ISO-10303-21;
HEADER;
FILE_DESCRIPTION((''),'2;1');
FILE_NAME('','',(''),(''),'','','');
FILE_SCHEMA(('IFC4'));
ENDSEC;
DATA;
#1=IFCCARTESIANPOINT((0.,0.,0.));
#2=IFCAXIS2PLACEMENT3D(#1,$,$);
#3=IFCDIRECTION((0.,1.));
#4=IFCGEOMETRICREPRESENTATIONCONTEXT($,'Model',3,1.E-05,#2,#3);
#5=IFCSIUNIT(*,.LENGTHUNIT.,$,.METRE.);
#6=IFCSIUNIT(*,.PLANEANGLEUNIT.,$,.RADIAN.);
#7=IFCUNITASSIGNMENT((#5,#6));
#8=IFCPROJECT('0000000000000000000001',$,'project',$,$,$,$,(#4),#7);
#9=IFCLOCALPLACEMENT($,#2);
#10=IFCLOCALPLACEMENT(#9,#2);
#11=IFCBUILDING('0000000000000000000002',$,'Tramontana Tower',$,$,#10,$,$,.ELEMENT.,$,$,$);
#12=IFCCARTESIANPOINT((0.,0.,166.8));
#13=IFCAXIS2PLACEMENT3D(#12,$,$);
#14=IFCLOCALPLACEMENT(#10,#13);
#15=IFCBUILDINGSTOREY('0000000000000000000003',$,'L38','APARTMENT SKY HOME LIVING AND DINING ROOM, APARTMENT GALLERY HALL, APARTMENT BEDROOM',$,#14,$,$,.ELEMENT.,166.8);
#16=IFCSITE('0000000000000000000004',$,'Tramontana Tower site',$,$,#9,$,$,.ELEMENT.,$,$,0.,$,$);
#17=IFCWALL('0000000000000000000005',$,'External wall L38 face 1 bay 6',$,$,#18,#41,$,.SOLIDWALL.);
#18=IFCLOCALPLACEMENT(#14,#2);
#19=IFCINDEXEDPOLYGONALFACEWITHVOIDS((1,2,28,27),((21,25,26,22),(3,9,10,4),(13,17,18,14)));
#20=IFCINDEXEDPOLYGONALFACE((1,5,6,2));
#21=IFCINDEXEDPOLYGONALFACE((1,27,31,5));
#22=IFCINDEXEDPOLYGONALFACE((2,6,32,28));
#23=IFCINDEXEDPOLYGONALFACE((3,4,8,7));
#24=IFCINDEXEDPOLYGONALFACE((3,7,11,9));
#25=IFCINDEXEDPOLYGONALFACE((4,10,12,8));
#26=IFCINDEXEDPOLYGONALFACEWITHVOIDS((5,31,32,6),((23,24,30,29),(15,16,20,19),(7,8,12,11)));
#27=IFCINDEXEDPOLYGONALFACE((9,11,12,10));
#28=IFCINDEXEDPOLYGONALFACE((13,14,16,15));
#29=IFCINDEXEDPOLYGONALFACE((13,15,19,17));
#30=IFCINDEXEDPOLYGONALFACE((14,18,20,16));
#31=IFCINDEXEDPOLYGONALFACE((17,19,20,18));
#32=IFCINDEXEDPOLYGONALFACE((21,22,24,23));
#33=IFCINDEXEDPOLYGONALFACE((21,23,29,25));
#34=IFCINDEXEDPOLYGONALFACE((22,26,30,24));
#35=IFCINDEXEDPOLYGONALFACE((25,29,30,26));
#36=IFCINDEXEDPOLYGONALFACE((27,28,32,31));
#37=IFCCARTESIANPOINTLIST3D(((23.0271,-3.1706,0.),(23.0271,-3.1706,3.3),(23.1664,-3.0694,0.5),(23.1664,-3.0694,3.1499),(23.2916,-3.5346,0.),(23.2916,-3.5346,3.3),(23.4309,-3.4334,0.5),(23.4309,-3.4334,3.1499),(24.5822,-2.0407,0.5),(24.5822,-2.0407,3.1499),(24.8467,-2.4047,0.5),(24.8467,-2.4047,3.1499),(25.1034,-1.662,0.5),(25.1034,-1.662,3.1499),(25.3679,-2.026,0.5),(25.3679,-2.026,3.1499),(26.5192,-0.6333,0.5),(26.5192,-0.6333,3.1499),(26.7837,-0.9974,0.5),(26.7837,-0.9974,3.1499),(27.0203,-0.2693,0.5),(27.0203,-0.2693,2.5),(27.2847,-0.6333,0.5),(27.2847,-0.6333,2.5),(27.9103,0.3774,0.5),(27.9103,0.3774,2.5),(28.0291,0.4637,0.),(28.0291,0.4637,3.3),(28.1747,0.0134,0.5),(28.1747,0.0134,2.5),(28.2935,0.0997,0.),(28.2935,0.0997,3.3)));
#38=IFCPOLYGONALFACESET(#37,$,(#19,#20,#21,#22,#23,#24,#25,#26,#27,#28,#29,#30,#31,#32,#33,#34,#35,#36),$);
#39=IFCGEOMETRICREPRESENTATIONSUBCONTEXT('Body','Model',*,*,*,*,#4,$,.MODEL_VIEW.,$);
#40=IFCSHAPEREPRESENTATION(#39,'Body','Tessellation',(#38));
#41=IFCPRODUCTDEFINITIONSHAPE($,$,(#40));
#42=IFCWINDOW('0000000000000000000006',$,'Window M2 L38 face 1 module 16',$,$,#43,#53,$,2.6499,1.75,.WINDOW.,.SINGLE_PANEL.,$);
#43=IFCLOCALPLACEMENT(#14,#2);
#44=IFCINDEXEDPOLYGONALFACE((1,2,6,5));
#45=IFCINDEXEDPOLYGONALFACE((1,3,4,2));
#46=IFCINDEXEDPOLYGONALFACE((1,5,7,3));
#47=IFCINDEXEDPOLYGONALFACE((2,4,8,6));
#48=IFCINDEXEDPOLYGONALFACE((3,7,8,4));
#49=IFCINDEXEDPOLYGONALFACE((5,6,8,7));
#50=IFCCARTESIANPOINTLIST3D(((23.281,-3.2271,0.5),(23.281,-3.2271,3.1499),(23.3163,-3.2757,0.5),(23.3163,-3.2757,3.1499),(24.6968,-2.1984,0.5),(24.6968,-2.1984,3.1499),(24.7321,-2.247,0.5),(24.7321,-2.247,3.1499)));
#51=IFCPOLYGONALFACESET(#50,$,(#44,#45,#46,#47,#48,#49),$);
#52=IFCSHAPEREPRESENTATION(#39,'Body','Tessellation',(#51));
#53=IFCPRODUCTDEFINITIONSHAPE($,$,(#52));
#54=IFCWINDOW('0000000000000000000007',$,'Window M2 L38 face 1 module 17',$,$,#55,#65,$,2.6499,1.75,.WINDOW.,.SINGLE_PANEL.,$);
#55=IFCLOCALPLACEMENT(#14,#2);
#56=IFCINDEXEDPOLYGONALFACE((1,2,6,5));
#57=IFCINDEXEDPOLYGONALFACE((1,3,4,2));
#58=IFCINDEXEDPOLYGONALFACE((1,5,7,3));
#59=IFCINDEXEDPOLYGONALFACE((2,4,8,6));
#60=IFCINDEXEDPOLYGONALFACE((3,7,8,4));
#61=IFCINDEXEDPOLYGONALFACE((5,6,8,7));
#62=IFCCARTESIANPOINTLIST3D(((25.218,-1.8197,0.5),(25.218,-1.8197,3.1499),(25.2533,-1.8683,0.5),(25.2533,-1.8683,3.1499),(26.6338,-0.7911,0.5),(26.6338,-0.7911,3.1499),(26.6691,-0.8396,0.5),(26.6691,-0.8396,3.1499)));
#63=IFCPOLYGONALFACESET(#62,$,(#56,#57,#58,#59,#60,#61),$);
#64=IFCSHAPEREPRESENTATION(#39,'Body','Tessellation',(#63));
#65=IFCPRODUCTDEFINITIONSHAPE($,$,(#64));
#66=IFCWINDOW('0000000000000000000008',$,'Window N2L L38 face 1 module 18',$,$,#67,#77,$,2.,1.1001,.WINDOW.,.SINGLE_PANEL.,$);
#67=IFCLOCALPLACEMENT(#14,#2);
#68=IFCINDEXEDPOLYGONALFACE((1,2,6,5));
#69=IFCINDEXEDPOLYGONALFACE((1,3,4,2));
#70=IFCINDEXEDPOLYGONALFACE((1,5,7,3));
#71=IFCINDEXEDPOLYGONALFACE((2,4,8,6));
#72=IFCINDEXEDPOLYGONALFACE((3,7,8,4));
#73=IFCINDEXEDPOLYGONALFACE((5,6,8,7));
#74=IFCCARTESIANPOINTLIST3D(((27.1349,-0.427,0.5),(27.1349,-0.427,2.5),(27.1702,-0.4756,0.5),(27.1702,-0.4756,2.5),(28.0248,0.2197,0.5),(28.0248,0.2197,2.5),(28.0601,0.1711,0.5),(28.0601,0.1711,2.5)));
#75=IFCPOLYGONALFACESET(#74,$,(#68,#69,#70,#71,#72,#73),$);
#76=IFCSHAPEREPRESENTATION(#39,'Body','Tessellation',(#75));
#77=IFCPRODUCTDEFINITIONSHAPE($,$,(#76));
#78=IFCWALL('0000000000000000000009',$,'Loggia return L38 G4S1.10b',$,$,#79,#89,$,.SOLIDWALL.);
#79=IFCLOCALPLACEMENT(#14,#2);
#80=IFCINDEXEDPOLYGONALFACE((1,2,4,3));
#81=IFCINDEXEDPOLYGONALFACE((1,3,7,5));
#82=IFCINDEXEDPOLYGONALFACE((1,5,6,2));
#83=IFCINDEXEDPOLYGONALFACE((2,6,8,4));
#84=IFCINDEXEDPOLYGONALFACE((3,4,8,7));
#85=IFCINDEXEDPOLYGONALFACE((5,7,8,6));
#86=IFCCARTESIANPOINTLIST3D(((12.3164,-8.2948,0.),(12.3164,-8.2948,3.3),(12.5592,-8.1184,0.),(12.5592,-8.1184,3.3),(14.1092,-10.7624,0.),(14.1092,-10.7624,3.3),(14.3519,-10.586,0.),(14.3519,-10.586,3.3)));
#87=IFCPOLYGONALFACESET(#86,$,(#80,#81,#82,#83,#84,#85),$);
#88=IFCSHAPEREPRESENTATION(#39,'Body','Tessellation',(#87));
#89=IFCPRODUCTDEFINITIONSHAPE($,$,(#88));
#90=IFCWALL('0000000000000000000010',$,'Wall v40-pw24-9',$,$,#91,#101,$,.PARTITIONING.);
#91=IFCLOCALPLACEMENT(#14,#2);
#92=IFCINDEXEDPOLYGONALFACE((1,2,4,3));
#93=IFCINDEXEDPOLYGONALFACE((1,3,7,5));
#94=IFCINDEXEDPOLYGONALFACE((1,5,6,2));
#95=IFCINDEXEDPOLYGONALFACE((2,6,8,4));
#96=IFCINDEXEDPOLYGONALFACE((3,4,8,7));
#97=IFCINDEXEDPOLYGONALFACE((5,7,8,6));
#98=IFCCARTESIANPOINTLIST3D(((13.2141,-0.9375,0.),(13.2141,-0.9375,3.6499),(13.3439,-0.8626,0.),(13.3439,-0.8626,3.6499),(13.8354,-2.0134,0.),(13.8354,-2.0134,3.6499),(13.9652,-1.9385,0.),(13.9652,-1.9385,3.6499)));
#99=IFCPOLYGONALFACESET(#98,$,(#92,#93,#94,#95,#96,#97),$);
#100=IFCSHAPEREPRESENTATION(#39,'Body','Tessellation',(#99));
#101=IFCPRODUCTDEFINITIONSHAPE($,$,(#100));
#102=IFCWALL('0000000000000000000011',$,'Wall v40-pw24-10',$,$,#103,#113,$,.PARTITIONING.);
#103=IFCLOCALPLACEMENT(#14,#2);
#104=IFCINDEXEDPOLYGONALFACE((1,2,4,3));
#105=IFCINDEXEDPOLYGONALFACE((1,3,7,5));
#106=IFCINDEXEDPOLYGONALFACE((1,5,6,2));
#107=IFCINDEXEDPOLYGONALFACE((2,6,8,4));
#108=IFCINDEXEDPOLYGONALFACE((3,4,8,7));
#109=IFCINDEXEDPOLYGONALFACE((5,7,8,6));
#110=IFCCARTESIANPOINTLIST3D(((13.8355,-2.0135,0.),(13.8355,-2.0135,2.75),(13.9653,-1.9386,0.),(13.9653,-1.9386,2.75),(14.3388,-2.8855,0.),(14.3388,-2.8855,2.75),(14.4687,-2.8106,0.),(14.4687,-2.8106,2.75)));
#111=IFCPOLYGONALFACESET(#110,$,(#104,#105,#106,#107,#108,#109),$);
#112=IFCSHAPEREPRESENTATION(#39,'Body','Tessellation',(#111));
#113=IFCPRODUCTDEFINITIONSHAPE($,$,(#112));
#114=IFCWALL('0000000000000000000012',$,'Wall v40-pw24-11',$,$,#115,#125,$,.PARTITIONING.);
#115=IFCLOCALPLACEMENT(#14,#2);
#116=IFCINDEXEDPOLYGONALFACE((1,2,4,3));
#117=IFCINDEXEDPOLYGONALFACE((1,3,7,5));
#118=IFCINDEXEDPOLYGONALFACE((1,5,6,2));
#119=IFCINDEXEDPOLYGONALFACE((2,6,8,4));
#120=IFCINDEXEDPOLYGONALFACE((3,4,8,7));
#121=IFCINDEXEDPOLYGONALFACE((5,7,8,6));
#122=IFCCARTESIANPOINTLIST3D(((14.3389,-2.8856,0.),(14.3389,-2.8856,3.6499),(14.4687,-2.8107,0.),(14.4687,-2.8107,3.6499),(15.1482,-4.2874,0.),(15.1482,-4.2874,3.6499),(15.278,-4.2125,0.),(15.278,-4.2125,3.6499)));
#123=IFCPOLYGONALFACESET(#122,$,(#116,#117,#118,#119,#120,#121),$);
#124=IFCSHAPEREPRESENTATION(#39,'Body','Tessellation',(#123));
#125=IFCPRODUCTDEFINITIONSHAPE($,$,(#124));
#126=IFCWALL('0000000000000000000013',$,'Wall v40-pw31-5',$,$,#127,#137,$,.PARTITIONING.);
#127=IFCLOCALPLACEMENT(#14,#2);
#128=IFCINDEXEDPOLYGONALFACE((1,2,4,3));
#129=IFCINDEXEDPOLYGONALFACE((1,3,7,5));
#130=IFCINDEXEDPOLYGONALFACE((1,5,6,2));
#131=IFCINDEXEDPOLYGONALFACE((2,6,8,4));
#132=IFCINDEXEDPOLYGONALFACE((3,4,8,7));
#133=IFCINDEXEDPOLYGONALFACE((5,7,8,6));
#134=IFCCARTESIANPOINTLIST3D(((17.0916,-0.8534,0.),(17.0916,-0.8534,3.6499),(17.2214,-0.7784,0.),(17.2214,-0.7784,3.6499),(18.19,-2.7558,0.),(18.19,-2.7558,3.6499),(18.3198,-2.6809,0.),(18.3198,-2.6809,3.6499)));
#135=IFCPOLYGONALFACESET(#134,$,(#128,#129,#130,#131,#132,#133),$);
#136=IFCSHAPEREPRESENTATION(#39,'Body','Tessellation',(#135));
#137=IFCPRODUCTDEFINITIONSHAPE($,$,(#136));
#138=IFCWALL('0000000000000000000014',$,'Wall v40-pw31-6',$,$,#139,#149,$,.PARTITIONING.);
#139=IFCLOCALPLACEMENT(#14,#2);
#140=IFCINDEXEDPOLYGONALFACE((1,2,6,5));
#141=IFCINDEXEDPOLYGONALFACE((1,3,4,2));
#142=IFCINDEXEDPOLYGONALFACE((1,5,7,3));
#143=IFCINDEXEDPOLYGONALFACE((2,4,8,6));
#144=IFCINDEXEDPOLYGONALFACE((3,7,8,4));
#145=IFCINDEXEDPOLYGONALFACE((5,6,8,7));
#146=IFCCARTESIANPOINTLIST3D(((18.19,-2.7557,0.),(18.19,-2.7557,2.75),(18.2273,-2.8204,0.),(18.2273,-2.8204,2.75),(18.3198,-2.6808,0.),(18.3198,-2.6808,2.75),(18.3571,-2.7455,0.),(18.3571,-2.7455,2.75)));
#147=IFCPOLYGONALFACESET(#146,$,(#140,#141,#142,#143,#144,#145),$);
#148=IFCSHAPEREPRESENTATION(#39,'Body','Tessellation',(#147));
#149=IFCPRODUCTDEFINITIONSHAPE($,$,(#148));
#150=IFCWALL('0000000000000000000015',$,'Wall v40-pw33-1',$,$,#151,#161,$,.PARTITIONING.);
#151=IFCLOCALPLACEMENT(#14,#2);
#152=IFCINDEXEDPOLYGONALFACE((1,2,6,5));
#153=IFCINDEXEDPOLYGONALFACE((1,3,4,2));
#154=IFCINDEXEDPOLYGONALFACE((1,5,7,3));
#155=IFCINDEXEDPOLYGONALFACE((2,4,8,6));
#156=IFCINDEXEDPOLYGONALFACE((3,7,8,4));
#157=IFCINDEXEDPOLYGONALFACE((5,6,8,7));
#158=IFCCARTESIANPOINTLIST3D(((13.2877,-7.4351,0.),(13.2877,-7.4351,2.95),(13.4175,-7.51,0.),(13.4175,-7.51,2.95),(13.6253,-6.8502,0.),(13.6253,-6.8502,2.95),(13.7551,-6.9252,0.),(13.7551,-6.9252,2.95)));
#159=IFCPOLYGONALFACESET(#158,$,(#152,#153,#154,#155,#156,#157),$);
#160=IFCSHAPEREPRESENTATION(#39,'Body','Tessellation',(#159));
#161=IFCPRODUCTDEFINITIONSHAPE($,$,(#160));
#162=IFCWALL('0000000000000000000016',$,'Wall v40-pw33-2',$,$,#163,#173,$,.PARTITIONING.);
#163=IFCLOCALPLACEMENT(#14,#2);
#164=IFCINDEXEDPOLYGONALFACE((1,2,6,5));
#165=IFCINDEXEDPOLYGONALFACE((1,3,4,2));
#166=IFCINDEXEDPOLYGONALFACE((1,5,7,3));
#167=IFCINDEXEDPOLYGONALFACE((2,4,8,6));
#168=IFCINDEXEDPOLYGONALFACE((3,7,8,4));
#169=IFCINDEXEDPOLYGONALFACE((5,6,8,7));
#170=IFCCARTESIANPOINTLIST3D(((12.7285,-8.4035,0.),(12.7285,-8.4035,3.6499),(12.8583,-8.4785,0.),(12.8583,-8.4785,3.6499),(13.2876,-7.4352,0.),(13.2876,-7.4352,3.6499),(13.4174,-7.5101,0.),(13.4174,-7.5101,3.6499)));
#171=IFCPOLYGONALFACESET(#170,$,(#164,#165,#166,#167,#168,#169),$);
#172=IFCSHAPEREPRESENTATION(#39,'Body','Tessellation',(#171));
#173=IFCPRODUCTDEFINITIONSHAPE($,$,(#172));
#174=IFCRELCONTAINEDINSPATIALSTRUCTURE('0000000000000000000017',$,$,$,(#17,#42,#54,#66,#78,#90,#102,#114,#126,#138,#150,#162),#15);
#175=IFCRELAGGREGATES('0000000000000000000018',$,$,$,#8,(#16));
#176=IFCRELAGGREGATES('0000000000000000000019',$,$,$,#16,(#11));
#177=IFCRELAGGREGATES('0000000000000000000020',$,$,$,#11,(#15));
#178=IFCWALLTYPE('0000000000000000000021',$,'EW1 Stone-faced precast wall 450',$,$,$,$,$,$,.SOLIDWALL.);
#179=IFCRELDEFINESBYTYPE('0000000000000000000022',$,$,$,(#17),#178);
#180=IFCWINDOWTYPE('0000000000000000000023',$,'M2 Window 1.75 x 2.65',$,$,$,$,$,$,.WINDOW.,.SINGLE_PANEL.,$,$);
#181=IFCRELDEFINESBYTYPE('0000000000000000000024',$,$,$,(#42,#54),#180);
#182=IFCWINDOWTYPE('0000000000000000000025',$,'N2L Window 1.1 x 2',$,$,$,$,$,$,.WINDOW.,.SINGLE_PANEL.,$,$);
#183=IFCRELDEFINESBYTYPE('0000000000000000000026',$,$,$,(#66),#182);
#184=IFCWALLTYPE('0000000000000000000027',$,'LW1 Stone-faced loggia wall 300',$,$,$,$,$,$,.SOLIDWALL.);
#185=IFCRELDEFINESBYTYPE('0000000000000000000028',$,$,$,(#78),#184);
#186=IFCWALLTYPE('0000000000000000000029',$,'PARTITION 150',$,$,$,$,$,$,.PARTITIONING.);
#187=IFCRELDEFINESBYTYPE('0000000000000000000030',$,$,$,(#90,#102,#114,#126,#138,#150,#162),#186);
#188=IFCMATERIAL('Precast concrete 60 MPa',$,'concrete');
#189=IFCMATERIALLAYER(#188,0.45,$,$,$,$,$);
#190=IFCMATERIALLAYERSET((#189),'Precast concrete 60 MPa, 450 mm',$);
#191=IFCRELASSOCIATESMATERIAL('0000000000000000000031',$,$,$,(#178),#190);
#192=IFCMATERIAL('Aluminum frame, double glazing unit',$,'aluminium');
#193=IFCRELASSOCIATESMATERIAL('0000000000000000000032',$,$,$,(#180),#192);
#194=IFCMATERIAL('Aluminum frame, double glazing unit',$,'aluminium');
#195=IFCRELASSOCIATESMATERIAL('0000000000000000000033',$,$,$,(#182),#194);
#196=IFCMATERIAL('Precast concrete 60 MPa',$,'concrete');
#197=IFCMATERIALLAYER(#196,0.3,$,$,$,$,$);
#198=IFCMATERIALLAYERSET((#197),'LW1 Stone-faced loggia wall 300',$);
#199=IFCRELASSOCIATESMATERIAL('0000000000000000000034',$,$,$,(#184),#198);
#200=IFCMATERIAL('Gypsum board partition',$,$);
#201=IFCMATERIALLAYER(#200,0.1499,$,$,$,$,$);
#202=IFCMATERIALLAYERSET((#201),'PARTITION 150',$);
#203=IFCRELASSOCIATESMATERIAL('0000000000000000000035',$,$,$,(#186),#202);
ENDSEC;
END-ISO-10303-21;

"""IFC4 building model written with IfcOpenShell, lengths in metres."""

from ifc_helpers import new_model, si_unit, direction, frame, frame_2d, origin, place, context, subcontext, project, spatial, rectangle, extrude, material, layer, layer_set, type_object, element, fill, save


model = new_model("IFC4")

# Units and contexts
model_context = context("Model", 3, precision=1e-05, world=origin(), true_north=direction((0.0, 1.0)))
body_context = subcontext(model_context, "Body", "Model", "MODEL_VIEW")
ifc_project = project(units=[si_unit("LENGTHUNIT", "METRE"), si_unit("PLANEANGLEUNIT", "RADIAN")], contexts=[model_context])

# Site, building, storey
site_placement = place(None, origin())
site = spatial("IfcSite", under=ifc_project, at=site_placement, Name="Tramontana Tower site", CompositionType="ELEMENT", RefElevation=0.0)
building_placement = place(site_placement, origin())
building = spatial("IfcBuilding", under=site, at=building_placement, Name="Tramontana Tower", CompositionType="ELEMENT")
storey_placement = place(building_placement, frame((0.0, 0.0, 166.8)))
storey = spatial("IfcBuildingStorey", under=building, at=storey_placement, Name="L38", Description="APARTMENT SKY HOME LIVING AND DINING ROOM, APARTMENT GALLERY HALL, APARTMENT BEDROOM", CompositionType="ELEMENT", Elevation=166.8)

# Shared definitions
ifc_material_1 = material(Name="Precast concrete 60 MPa", Category="concrete")
ifc_layer_1 = layer(ifc_material_1, 0.45)
ifc_layer_set_1 = layer_set([ifc_layer_1], Name="Precast concrete 60 MPa, 450 mm")
wall_type_1 = type_object("IfcWallType", Name="EW1 Stone-faced precast wall 450", PredefinedType="SOLIDWALL", material=ifc_layer_set_1)
ifc_material_2 = material(Name="Aluminum frame, double glazing unit", Category="aluminium")
window_type_1 = type_object("IfcWindowType", Name="M2 Window 1.75 x 2.65", PartitioningType="SINGLE_PANEL", PredefinedType="WINDOW", material=ifc_material_2)

# Wall, openings, windows
wall_1_placement = place(storey_placement, frame((23.1594, -3.3525, 0.0), z_axis=(0.0, 0.0, 1.0), x_axis=(0.809006, 0.587801, 0.0)))
wall_1 = element("IfcWall", 1, at=wall_1_placement, inside=storey, type_object=wall_type_1, Name="External wall L38 face 1 bay 6", PredefinedType="SOLIDWALL", context=body_context, shape_type="SweptSolid", body=[
    extrude(rectangle(XDim=6.1829, YDim=0.45, at=frame_2d((3.0913, 0.0))), origin(), (0.0, 0.0, 1.0), 3.3),
])
opening_1_placement = place(wall_1_placement, frame((0.1721, 0.0, 0.5)))
opening_1 = element("IfcOpeningElement", 2, at=opening_1_placement, cuts=wall_1, PredefinedType="OPENING", context=body_context, shape_type="SweptSolid", body=[
    extrude(rectangle(XDim=1.75, YDim=2.6499, at=frame_2d((0.875, 1.325))), frame((0.0, 0.2349, 0.0), z_axis=(0.0, -1.0, 0.0), x_axis=(1.0, 0.0, 0.0)), (0.0, 0.0, 1.0), 0.47),
])
opening_2_placement = place(wall_1_placement, frame((2.5664, 0.0, 0.5)))
opening_2 = element("IfcOpeningElement", 3, at=opening_2_placement, cuts=wall_1, PredefinedType="OPENING", context=body_context, shape_type="SweptSolid", body=[
    extrude(rectangle(XDim=1.75, YDim=2.6499, at=frame_2d((0.875, 1.325))), frame((0.0, 0.2349, 0.0), z_axis=(0.0, -1.0, 0.0), x_axis=(1.0, 0.0, 0.0)), (0.0, 0.0, 1.0), 0.47),
])
opening_3_placement = place(wall_1_placement, frame((4.9358, 0.0, 0.5)))
opening_3 = element("IfcOpeningElement", 4, at=opening_3_placement, cuts=wall_1, PredefinedType="OPENING", context=body_context, shape_type="SweptSolid", body=[
    extrude(rectangle(XDim=1.1001, YDim=2.0, at=frame_2d((0.55, 1.0))), frame((0.0, 0.2349, 0.0), z_axis=(0.0, -1.0, 0.0), x_axis=(1.0, 0.0, 0.0)), (0.0, 0.0, 1.0), 0.47),
])
window_1_placement = place(opening_1_placement, origin())
window_1 = element("IfcWindow", 5, at=window_1_placement, inside=storey, type_object=window_type_1, Name="Window M2 L38 face 1 module 16", OverallHeight=2.6499, OverallWidth=1.75, PartitioningType="SINGLE_PANEL", PredefinedType="WINDOW", context=body_context, shape_type="SweptSolid", body=[
    extrude(rectangle(XDim=1.75, YDim=2.6499, at=frame_2d((0.875, 1.325))), frame((0.0, 0.03, 0.0), z_axis=(0.0, -1.0, 0.0), x_axis=(1.0, 0.0, 0.0)), (0.0, 0.0, 1.0), 0.0601),
])
fill(opening_1, window_1)
window_2_placement = place(opening_2_placement, origin())
window_2 = element("IfcWindow", 6, at=window_2_placement, inside=storey, type_object=window_type_1, Name="Window M2 L38 face 1 module 17", OverallHeight=2.6499, OverallWidth=1.75, PartitioningType="SINGLE_PANEL", PredefinedType="WINDOW", context=body_context, shape_type="SweptSolid", body=[
    extrude(rectangle(XDim=1.75, YDim=2.6499, at=frame_2d((0.875, 1.325))), frame((0.0, 0.03, 0.0), z_axis=(0.0, -1.0, 0.0), x_axis=(1.0, 0.0, 0.0)), (0.0, 0.0, 1.0), 0.0601),
])
fill(opening_2, window_2)
ifc_material_3 = material(Name="Aluminum frame, double glazing unit", Category="aluminium")
window_type_2 = type_object("IfcWindowType", Name="N2L Window 1.1 x 2", PartitioningType="SINGLE_PANEL", PredefinedType="WINDOW", material=ifc_material_3)
window_3_placement = place(opening_3_placement, origin())
window_3 = element("IfcWindow", 7, at=window_3_placement, inside=storey, type_object=window_type_2, Name="Window N2L L38 face 1 module 18", OverallHeight=2.0, OverallWidth=1.1001, PartitioningType="SINGLE_PANEL", PredefinedType="WINDOW", context=body_context, shape_type="SweptSolid", body=[
    extrude(rectangle(XDim=1.1001, YDim=2.0, at=frame_2d((0.55, 1.0))), frame((0.0, 0.03, 0.0), z_axis=(0.0, -1.0, 0.0), x_axis=(1.0, 0.0, 0.0)), (0.0, 0.0, 1.0), 0.0601),
])
fill(opening_3, window_3)

# Walls
ifc_material_4 = material(Name="Precast concrete 60 MPa", Category="concrete")
ifc_layer_2 = layer(ifc_material_4, 0.3)
ifc_layer_set_2 = layer_set([ifc_layer_2], Name="LW1 Stone-faced loggia wall 300")
wall_type_2 = type_object("IfcWallType", Name="LW1 Stone-faced loggia wall 300", PredefinedType="SOLIDWALL", material=ifc_layer_set_2)
wall_2_placement = place(storey_placement, frame((14.2305, -10.6741, 0.0), z_axis=(0.0, 0.0, 1.0), x_axis=(-0.587777, 0.809023, 0.0)))
element("IfcWall", 8, at=wall_2_placement, inside=storey, type_object=wall_type_2, Name="Loggia return L38 G4S1.10b", PredefinedType="SOLIDWALL", context=body_context, shape_type="SweptSolid", body=[
    extrude(rectangle(XDim=3.05, YDim=0.3, at=frame_2d((1.5249, 0.0))), origin(), (0.0, 0.0, 1.0), 3.3),
])
ifc_material_5 = material(Name="Gypsum board partition")
ifc_layer_3 = layer(ifc_material_5, 0.1499)
ifc_layer_set_3 = layer_set([ifc_layer_3], Name="PARTITION 150")
wall_type_3 = type_object("IfcWallType", Name="PARTITION 150", PredefinedType="PARTITIONING", material=ifc_layer_set_3)
wall_3_placement = place(storey_placement, frame((13.2791, -0.9001, 0.0), z_axis=(0.0, 0.0, 1.0), x_axis=(0.500091, -0.865973, 0.0)))
element("IfcWall", 9, at=wall_3_placement, inside=storey, type_object=wall_type_3, Name="Wall v40-pw24-9", PredefinedType="PARTITIONING", context=body_context, shape_type="SweptSolid", body=[
    extrude(rectangle(XDim=1.2424, YDim=0.1499, at=frame_2d((0.6211, 0.0))), origin(), (0.0, 0.0, 1.0), 3.6499),
])
wall_4_placement = place(storey_placement, frame((13.9004, -1.9761, 0.0), z_axis=(0.0, 0.0, 1.0), x_axis=(0.499946, -0.866056, 0.0)))
element("IfcWall", 10, at=wall_4_placement, inside=storey, type_object=wall_type_3, Name="Wall v40-pw24-10", PredefinedType="PARTITIONING", context=body_context, shape_type="SweptSolid", body=[
    extrude(rectangle(XDim=1.0068, YDim=0.1499, at=frame_2d((0.5034, 0.0))), origin(), (0.0, 0.0, 1.0), 2.75),
])
wall_5_placement = place(storey_placement, frame((14.4038, -2.8481, 0.0), z_axis=(0.0, 0.0, 1.0), x_axis=(0.499984, -0.866035, 0.0)))
element("IfcWall", 11, at=wall_5_placement, inside=storey, type_object=wall_type_3, Name="Wall v40-pw24-11", PredefinedType="PARTITIONING", context=body_context, shape_type="SweptSolid", body=[
    extrude(rectangle(XDim=1.6187, YDim=0.1499, at=frame_2d((0.8093, 0.0))), origin(), (0.0, 0.0, 1.0), 3.6499),
])
wall_6_placement = place(storey_placement, frame((17.1565, -0.8159, 0.0), z_axis=(0.0, 0.0, 1.0), x_axis=(0.500024, -0.866012, 0.0)))
element("IfcWall", 12, at=wall_6_placement, inside=storey, type_object=wall_type_3, Name="Wall v40-pw31-5", PredefinedType="PARTITIONING", context=body_context, shape_type="SweptSolid", body=[
    extrude(rectangle(XDim=2.1968, YDim=0.1499, at=frame_2d((1.0984, 0.0))), origin(), (0.0, 0.0, 1.0), 3.6499),
])
wall_7_placement = place(storey_placement, frame((18.2549, -2.7183, 0.0), z_axis=(0.0, 0.0, 1.0), x_axis=(0.500005, -0.866022, 0.0)))
element("IfcWall", 13, at=wall_7_placement, inside=storey, type_object=wall_type_3, Name="Wall v40-pw31-6", PredefinedType="PARTITIONING", context=body_context, shape_type="SweptSolid", body=[
    extrude(rectangle(XDim=0.0747, YDim=0.1499, at=frame_2d((0.0374, 0.0))), origin(), (0.0, 0.0, 1.0), 2.75),
])

# Walls
wall_8_placement = place(storey_placement, frame((13.6902, -6.8877, 0.0), z_axis=(0.0, 0.0, 1.0), x_axis=(-0.49991, -0.866077, 0.0)))
element("IfcWall", 14, at=wall_8_placement, inside=storey, type_object=wall_type_3, Name="Wall v40-pw33-1", PredefinedType="PARTITIONING", context=body_context, shape_type="SweptSolid", body=[
    extrude(rectangle(XDim=0.6753, YDim=0.1499, at=frame_2d((0.3376, 0.0))), origin(), (0.0, 0.0, 1.0), 2.95),
])
wall_9_placement = place(storey_placement, frame((13.3525, -7.4727, 0.0), z_axis=(0.0, 0.0, 1.0), x_axis=(-0.500037, -0.866004, 0.0)))
element("IfcWall", 15, at=wall_9_placement, inside=storey, type_object=wall_type_3, Name="Wall v40-pw33-2", PredefinedType="PARTITIONING", context=body_context, shape_type="SweptSolid", body=[
    extrude(rectangle(XDim=1.1182, YDim=0.1499, at=frame_2d((0.5591, 0.0))), origin(), (0.0, 0.0, 1.0), 3.6499),
])

save(model, "model.ifc")
